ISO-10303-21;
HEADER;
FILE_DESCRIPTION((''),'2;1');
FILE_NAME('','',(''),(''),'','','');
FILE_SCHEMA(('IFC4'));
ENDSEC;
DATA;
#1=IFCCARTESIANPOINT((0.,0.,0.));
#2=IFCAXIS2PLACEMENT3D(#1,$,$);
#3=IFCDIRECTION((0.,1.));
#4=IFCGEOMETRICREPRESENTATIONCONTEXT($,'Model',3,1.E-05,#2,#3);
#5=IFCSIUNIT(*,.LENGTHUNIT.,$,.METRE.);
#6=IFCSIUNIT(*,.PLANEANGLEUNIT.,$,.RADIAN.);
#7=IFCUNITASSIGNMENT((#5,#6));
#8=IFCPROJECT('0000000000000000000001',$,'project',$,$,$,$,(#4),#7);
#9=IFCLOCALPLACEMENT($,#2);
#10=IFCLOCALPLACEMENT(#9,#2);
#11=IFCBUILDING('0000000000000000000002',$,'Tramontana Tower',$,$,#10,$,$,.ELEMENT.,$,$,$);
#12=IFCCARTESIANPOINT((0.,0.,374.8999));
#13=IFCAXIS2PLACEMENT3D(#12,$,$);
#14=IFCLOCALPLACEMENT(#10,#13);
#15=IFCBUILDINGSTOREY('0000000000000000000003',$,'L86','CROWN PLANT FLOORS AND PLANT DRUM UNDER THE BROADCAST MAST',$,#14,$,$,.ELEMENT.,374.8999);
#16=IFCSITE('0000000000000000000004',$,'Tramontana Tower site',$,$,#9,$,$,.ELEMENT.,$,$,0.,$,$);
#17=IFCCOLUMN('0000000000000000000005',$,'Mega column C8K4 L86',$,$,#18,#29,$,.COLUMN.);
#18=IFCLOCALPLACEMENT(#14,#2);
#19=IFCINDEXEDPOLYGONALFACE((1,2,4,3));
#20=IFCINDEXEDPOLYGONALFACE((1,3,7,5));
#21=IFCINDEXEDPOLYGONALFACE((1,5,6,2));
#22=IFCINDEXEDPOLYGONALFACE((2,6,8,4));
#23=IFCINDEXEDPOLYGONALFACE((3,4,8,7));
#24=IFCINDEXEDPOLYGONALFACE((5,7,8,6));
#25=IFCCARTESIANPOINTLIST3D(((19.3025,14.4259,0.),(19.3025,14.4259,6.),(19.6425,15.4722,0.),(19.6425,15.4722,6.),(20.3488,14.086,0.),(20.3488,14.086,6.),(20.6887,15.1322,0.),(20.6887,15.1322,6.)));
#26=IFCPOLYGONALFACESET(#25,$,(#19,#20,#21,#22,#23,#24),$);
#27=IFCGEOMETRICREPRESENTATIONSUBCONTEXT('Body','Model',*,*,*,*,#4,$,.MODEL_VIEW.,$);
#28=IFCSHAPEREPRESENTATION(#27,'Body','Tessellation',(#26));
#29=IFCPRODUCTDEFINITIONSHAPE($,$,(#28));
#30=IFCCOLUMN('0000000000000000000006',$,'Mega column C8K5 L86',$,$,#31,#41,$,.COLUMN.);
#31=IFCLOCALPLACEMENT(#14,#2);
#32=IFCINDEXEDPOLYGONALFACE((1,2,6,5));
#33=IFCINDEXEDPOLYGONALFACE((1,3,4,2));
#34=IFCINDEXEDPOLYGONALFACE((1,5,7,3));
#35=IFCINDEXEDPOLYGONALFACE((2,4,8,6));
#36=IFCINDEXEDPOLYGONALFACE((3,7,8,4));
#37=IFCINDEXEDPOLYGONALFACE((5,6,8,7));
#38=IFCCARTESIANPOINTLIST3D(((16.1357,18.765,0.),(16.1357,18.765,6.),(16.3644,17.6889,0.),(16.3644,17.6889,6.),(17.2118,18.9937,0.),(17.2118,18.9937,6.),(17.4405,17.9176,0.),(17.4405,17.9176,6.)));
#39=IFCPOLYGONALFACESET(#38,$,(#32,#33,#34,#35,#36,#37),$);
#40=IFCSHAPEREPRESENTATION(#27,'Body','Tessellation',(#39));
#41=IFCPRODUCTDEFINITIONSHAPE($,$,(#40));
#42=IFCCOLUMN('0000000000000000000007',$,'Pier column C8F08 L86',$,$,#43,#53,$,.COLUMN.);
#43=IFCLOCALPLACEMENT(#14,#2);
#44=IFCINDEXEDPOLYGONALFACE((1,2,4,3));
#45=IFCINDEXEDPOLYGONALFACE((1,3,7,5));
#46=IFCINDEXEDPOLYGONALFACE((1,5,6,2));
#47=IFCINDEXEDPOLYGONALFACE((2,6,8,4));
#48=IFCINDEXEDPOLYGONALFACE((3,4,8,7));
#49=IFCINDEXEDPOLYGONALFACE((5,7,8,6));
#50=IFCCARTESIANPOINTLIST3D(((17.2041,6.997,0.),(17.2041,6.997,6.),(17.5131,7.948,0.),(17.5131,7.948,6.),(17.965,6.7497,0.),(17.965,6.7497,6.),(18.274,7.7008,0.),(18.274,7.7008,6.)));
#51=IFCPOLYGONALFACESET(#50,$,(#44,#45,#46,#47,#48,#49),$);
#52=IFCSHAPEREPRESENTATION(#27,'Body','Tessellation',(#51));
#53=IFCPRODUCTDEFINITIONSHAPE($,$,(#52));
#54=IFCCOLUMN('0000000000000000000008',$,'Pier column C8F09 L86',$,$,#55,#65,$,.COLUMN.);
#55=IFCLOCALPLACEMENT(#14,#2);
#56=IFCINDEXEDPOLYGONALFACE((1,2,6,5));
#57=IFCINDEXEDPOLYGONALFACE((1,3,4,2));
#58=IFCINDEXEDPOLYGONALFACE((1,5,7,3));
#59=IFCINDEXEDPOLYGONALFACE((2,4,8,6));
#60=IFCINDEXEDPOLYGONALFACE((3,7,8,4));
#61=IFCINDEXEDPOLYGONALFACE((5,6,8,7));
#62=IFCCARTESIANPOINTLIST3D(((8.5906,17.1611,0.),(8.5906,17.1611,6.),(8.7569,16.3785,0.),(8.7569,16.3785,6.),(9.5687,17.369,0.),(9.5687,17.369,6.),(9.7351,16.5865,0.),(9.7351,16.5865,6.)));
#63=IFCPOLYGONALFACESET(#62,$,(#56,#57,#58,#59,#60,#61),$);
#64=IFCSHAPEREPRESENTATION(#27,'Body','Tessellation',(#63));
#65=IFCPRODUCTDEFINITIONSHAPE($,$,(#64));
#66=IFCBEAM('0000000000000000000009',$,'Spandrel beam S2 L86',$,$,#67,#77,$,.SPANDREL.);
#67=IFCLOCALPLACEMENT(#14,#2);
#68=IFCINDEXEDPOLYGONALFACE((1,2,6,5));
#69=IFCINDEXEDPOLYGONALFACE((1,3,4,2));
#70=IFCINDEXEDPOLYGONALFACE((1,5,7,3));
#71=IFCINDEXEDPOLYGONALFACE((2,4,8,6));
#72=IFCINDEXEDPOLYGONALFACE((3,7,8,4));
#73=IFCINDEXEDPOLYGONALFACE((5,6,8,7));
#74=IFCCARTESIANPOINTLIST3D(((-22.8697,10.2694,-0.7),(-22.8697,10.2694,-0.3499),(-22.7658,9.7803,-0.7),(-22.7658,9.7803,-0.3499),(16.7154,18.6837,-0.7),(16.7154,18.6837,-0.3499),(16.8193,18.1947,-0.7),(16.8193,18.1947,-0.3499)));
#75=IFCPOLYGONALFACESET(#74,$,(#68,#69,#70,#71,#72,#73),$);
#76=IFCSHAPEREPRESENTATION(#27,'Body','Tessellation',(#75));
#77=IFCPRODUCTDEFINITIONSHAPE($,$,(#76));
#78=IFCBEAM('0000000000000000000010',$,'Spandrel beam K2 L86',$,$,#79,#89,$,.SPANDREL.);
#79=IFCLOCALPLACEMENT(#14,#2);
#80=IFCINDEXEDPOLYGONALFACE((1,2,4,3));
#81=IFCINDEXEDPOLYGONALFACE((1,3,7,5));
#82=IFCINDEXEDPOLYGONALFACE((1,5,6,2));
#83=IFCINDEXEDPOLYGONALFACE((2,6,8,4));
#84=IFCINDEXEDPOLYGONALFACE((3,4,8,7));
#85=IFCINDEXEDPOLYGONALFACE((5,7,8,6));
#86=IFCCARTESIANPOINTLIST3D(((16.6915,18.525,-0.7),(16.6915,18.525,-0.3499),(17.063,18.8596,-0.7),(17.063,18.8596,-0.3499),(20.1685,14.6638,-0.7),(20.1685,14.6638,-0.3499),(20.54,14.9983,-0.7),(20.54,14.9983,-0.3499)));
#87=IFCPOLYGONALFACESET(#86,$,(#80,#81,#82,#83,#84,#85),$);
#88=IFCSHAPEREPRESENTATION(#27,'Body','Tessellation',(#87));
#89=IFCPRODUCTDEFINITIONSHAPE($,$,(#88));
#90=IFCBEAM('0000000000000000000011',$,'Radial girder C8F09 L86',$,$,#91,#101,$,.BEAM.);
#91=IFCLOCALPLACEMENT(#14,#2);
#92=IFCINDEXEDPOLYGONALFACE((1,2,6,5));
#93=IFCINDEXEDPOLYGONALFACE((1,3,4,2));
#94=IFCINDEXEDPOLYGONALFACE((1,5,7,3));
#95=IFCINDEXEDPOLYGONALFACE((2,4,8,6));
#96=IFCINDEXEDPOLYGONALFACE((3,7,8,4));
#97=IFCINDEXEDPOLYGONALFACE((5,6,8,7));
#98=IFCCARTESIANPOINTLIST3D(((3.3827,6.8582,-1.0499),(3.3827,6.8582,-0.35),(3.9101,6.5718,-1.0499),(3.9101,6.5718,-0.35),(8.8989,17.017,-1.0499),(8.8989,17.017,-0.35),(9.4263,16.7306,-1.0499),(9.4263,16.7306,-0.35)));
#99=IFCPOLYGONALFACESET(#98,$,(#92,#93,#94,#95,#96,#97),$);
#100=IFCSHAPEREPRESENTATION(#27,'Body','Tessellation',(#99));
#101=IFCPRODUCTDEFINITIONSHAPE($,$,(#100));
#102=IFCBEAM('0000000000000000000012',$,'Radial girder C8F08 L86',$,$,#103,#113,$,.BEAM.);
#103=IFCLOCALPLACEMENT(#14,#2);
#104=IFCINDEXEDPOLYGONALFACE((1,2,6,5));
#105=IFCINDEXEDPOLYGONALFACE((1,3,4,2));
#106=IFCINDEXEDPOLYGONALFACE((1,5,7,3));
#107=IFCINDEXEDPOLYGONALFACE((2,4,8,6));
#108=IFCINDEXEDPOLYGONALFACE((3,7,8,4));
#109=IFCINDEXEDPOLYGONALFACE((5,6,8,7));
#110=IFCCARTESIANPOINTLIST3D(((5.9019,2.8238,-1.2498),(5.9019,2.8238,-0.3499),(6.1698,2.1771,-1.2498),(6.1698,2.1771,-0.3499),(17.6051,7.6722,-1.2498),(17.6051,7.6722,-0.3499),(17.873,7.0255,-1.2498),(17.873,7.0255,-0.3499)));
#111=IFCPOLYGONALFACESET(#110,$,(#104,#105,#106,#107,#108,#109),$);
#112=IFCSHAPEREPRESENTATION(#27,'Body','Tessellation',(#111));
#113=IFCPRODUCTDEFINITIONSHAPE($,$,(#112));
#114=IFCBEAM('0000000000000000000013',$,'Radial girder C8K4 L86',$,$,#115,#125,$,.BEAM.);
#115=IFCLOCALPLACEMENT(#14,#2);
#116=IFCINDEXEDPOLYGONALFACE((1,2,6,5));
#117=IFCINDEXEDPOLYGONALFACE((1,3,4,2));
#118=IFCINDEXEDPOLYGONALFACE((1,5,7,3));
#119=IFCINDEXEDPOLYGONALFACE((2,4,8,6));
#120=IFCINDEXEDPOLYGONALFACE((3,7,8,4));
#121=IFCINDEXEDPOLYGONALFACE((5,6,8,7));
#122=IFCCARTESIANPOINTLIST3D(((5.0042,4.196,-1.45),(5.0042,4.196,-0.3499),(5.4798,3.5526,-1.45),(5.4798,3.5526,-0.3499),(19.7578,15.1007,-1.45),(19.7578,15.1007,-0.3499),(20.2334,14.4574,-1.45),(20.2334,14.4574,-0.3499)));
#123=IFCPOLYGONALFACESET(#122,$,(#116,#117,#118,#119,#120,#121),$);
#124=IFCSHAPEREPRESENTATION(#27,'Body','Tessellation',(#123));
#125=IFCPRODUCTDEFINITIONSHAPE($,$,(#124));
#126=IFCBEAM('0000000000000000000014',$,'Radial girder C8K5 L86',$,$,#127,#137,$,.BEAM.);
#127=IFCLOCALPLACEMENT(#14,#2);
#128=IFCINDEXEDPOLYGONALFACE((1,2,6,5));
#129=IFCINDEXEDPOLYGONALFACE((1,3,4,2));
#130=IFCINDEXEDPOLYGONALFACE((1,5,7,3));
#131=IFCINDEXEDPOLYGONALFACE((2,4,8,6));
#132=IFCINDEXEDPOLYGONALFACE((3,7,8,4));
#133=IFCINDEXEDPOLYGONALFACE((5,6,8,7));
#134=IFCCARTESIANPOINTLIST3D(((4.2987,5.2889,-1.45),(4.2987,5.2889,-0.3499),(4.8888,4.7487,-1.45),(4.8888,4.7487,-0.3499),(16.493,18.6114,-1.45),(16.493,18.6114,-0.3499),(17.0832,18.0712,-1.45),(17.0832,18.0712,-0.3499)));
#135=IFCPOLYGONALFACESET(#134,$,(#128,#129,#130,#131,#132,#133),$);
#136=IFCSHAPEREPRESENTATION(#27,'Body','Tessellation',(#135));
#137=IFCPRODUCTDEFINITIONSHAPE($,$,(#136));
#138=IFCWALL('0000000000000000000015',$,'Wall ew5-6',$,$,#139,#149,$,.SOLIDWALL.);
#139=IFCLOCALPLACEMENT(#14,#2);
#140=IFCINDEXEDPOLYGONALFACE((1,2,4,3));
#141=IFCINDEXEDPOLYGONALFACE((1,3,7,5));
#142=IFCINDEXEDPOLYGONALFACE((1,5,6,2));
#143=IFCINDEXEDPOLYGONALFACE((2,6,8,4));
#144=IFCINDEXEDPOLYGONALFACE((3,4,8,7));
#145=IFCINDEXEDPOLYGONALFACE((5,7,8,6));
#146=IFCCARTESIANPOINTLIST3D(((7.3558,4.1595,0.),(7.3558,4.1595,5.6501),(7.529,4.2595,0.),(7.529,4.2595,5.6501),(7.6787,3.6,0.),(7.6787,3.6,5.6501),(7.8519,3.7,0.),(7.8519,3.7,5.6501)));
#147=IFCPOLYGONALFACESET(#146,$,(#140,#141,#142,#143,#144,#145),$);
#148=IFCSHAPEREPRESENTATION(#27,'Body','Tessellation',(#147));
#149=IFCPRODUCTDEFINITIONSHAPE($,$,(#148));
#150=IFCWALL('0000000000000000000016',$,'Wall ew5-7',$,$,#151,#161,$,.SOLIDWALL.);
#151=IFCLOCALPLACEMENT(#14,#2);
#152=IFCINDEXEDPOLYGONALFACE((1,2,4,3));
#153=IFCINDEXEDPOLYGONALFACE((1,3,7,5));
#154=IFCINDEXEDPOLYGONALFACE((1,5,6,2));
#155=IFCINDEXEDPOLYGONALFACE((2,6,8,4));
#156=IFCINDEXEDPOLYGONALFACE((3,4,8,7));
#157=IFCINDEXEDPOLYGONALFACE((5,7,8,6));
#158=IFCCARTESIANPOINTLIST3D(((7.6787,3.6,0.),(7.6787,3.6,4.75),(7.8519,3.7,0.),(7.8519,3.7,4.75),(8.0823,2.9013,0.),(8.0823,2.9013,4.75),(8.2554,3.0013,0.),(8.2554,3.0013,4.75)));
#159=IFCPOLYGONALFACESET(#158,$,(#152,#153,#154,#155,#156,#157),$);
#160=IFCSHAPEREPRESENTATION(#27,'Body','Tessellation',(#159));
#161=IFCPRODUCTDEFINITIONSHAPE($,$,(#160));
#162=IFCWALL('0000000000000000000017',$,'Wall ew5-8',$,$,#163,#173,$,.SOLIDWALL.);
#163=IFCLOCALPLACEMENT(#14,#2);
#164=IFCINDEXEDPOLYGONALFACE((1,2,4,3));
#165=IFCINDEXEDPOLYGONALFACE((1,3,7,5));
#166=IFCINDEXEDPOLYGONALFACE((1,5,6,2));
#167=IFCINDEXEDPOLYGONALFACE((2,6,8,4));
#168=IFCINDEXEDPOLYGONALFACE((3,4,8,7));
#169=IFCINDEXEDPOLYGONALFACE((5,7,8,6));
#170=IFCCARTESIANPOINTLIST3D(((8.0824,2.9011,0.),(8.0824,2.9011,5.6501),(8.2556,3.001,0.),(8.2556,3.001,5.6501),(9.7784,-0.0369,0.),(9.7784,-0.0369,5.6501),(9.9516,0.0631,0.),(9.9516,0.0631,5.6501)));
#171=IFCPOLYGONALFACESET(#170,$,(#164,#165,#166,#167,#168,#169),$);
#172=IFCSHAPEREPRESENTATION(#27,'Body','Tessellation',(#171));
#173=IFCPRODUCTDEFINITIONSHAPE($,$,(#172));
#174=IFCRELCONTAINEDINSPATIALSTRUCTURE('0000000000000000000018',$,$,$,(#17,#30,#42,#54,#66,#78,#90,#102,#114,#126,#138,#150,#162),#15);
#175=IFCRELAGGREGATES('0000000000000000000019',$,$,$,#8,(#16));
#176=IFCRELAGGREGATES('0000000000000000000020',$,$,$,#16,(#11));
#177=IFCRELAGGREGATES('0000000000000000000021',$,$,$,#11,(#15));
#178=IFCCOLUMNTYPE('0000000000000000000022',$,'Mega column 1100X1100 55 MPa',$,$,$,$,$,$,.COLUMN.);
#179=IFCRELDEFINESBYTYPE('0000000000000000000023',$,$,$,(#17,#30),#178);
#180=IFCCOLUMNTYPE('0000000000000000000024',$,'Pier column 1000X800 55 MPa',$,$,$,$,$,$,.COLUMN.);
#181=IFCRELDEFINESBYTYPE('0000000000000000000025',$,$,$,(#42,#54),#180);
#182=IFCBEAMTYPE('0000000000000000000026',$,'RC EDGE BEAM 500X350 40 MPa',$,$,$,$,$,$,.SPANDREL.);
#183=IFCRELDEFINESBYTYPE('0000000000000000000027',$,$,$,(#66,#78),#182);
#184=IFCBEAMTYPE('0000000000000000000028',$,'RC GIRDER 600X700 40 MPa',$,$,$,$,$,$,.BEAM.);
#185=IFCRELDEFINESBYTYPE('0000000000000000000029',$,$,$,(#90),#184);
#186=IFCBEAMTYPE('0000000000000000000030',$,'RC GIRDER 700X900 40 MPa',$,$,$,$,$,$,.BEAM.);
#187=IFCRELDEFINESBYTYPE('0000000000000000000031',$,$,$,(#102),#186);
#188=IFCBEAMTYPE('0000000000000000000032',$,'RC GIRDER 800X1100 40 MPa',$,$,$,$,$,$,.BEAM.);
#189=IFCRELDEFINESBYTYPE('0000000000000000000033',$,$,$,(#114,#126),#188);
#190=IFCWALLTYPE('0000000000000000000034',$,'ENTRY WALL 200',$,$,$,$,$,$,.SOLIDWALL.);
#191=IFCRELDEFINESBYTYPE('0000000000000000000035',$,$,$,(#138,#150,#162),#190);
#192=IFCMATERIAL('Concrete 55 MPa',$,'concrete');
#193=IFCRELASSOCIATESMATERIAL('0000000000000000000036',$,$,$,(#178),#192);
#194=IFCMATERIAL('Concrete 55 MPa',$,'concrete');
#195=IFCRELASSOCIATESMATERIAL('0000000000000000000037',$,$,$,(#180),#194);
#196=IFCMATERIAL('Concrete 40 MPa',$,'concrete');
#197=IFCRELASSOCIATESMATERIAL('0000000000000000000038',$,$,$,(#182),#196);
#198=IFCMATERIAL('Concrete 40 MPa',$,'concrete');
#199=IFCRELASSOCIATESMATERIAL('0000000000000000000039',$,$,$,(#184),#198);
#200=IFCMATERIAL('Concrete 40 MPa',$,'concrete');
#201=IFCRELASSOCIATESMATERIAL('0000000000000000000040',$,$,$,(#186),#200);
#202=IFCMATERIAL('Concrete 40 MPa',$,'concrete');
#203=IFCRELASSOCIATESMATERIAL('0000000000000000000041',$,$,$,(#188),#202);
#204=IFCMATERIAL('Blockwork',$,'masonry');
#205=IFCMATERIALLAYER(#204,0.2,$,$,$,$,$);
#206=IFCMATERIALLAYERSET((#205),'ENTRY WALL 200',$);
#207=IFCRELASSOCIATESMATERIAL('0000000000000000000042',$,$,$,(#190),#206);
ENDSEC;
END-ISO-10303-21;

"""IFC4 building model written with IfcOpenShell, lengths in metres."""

from ifc_helpers import new_model, si_unit, direction, frame, frame_2d, origin, origin_2d, place, context, subcontext, project, spatial, rectangle, extrude, material, layer, layer_set, material_profile, profile_set, type_object, element, save


model = new_model("IFC4")

# Units and contexts
model_context = context("Model", 3, precision=1e-05, world=origin(), true_north=direction((0.0, 1.0)))
body_context = subcontext(model_context, "Body", "Model", "MODEL_VIEW")
ifc_project = project(units=[si_unit("LENGTHUNIT", "METRE"), si_unit("PLANEANGLEUNIT", "RADIAN")], contexts=[model_context])

# Site, building, storey
site_placement = place(None, origin())
site = spatial("IfcSite", under=ifc_project, at=site_placement, Name="Tramontana Tower site", CompositionType="ELEMENT", RefElevation=0.0)
building_placement = place(site_placement, origin())
building = spatial("IfcBuilding", under=site, at=building_placement, Name="Tramontana Tower", CompositionType="ELEMENT")
storey_placement = place(building_placement, frame((0.0, 0.0, 374.8999)))
storey = spatial("IfcBuildingStorey", under=building, at=storey_placement, Name="L86", Description="CROWN PLANT FLOORS AND PLANT DRUM UNDER THE BROADCAST MAST", CompositionType="ELEMENT", Elevation=374.8999)

# Columns
ifc_material_1 = material(Name="Concrete 55 MPa", Category="concrete")
ifc_material_profile_1 = material_profile(ifc_material_1, rectangle(XDim=1.1001, YDim=1.1001, at=origin_2d()), Name="Mega column 1100X1100 55 MPa")
ifc_profile_set_1 = profile_set([ifc_material_profile_1], Name="Concrete 55 MPa")
column_type_1 = type_object("IfcColumnType", Name="Mega column 1100X1100 55 MPa", PredefinedType="COLUMN", material=ifc_profile_set_1)
for number, where, z_axis, x_axis, name in (
    (1, (19.9956, 14.7791, 0.0), (0.0, 0.0, 1.0), (0.309017, 0.951057, 0.0), "Mega column C8K4 L86"),
    (2, (16.7881, 18.3413, 0.0), (0.0, 0.0, 1.0), (-0.978148, -0.207912, 0.0), "Mega column C8K5 L86"),
):
    element("IfcColumn", number, at=place(storey_placement, frame(where, z_axis=z_axis, x_axis=x_axis)), inside=storey, type_object=column_type_1, Name=name, PredefinedType="COLUMN", context=body_context, shape_type="SweptSolid", body=[
        extrude(rectangle(XDim=1.1001, YDim=1.1001, at=origin_2d()), origin(), (0.0, 0.0, 1.0), 6.0),
    ])
ifc_material_2 = material(Name="Concrete 55 MPa", Category="concrete")
ifc_material_profile_2 = material_profile(ifc_material_2, rectangle(XDim=1.0, YDim=0.8, at=origin_2d()), Name="Pier column 1000X800 55 MPa")
ifc_profile_set_2 = profile_set([ifc_material_profile_2], Name="Concrete 55 MPa")
column_type_2 = type_object("IfcColumnType", Name="Pier column 1000X800 55 MPa", PredefinedType="COLUMN", material=ifc_profile_set_2)
for number, where, z_axis, x_axis, name in (
    (3, (17.739, 7.3489, 0.0), (0.0, 0.0, 1.0), (0.309017, 0.951057, 0.0), "Pier column C8F08 L86"),
    (4, (9.1628, 16.8738, 0.0), (0.0, 0.0, 1.0), (-0.978148, -0.207912, 0.0), "Pier column C8F09 L86"),
):
    element("IfcColumn", number, at=place(storey_placement, frame(where, z_axis=z_axis, x_axis=x_axis)), inside=storey, type_object=column_type_2, Name=name, PredefinedType="COLUMN", context=body_context, shape_type="SweptSolid", body=[
        extrude(rectangle(XDim=1.0, YDim=0.8, at=origin_2d()), origin(), (0.0, 0.0, 1.0), 6.0),
    ])

# Beams
ifc_material_3 = material(Name="Concrete 40 MPa", Category="concrete")
ifc_material_profile_3 = material_profile(ifc_material_3, rectangle(XDim=0.5, YDim=0.3501, at=origin_2d()), Name="RC EDGE BEAM 500X350 40 MPa")
ifc_profile_set_3 = profile_set([ifc_material_profile_3], Name="Concrete 40 MPa")
beam_type_1 = type_object("IfcBeamType", Name="RC EDGE BEAM 500X350 40 MPa", PredefinedType="SPANDREL", material=ifc_profile_set_3)
beam_1_placement = place(storey_placement, frame((16.7673, 18.4392, -0.5249), z_axis=(-0.978146, -0.207918, 0.0), x_axis=(0.207918, -0.978146, 0.0)))
element("IfcBeam", 5, at=beam_1_placement, inside=storey, type_object=beam_type_1, Name="Spandrel beam S2 L86", PredefinedType="SPANDREL", context=body_context, shape_type="SweptSolid", body=[
    extrude(rectangle(XDim=0.5, YDim=0.3501, at=origin_2d()), origin(), (0.0, 0.0, 1.0), 40.4695),
])
beam_2_placement = place(storey_placement, frame((20.3542, 14.8311, -0.5249), z_axis=(-0.669162, 0.743117, 0.0), x_axis=(-0.743117, -0.669162, 0.0)))
element("IfcBeam", 6, at=beam_2_placement, inside=storey, type_object=beam_type_1, Name="Spandrel beam K2 L86", PredefinedType="SPANDREL", context=body_context, shape_type="SweptSolid", body=[
    extrude(rectangle(XDim=0.5, YDim=0.3501, at=origin_2d()), origin(), (0.0, 0.0, 1.0), 5.196),
])
ifc_material_4 = material(Name="Concrete 40 MPa", Category="concrete")
ifc_material_profile_4 = material_profile(ifc_material_4, rectangle(XDim=0.6001, YDim=0.7, at=origin_2d()), Name="RC GIRDER 600X700 40 MPa")
ifc_profile_set_4 = profile_set([ifc_material_profile_4], Name="Concrete 40 MPa")
beam_type_2 = type_object("IfcBeamType", Name="RC GIRDER 600X700 40 MPa", PredefinedType="BEAM", material=ifc_profile_set_4)
beam_3_placement = place(storey_placement, frame((9.1626, 16.8738, -0.7), z_axis=(-0.477185, -0.878803, 0.0), x_axis=(0.878803, -0.477185, 0.0)))
element("IfcBeam", 7, at=beam_3_placement, inside=storey, type_object=beam_type_2, Name="Radial girder C8F09 L86", PredefinedType="BEAM", context=body_context, shape_type="SweptSolid", body=[
    extrude(rectangle(XDim=0.6001, YDim=0.7, at=origin_2d()), origin(), (0.0, 0.0, 1.0), 11.5598),
])
ifc_material_5 = material(Name="Concrete 40 MPa", Category="concrete")
ifc_material_profile_5 = material_profile(ifc_material_5, rectangle(XDim=0.7, YDim=0.8999, at=origin_2d()), Name="RC GIRDER 700X900 40 MPa")
ifc_profile_set_5 = profile_set([ifc_material_profile_5], Name="Concrete 40 MPa")
beam_type_3 = type_object("IfcBeamType", Name="RC GIRDER 700X900 40 MPa", PredefinedType="BEAM", material=ifc_profile_set_5)
beam_4_placement = place(storey_placement, frame((17.739, 7.3489, -0.7998), z_axis=(-0.923857, -0.382737, 0.0), x_axis=(0.382737, -0.923857, 0.0)))
element("IfcBeam", 8, at=beam_4_placement, inside=storey, type_object=beam_type_3, Name="Radial girder C8F08 L86", PredefinedType="BEAM", context=body_context, shape_type="SweptSolid", body=[
    extrude(rectangle(XDim=0.7, YDim=0.8999, at=origin_2d()), origin(), (0.0, 0.0, 1.0), 12.6677),
])
ifc_material_6 = material(Name="Concrete 40 MPa", Category="concrete")
ifc_material_profile_6 = material_profile(ifc_material_6, rectangle(XDim=0.8, YDim=1.1001, at=origin_2d()), Name="RC GIRDER 800X1100 40 MPa")
ifc_profile_set_6 = profile_set([ifc_material_profile_6], Name="Concrete 40 MPa")
beam_type_4 = type_object("IfcBeamType", Name="RC GIRDER 800X1100 40 MPa", PredefinedType="BEAM", material=ifc_profile_set_6)
beam_5_placement = place(storey_placement, frame((19.9956, 14.7791, -0.8999), z_axis=(-0.804179, -0.594388, 0.0), x_axis=(0.594388, -0.804179, 0.0)))
element("IfcBeam", 9, at=beam_5_placement, inside=storey, type_object=beam_type_4, Name="Radial girder C8K4 L86", PredefinedType="BEAM", context=body_context, shape_type="SweptSolid", body=[
    extrude(rectangle(XDim=0.8, YDim=1.1001, at=origin_2d()), origin(), (0.0, 0.0, 1.0), 18.3462),
])
beam_6_placement = place(storey_placement, frame((16.7881, 18.3413, -0.8999), z_axis=(-0.675184, -0.737649, 0.0), x_axis=(0.737649, -0.675184, 0.0)))
element("IfcBeam", 10, at=beam_6_placement, inside=storey, type_object=beam_type_4, Name="Radial girder C8K5 L86", PredefinedType="BEAM", context=body_context, shape_type="SweptSolid", body=[
    extrude(rectangle(XDim=0.8, YDim=1.1001, at=origin_2d()), origin(), (0.0, 0.0, 1.0), 18.0608),
])

# Walls
ifc_material_7 = material(Name="Blockwork", Category="masonry")
ifc_layer_1 = layer(ifc_material_7, 0.2)
ifc_layer_set_1 = layer_set([ifc_layer_1], Name="ENTRY WALL 200")
wall_type_1 = type_object("IfcWallType", Name="ENTRY WALL 200", PredefinedType="SOLIDWALL", material=ifc_layer_set_1)
wall_1_placement = place(storey_placement, frame((7.4424, 4.2095, 0.0), z_axis=(0.0, 0.0, 1.0), x_axis=(0.499919, -0.866072, 0.0)))
element("IfcWall", 11, at=wall_1_placement, inside=storey, type_object=wall_type_1, Name="Wall ew5-6", PredefinedType="SOLIDWALL", context=body_context, shape_type="SweptSolid", body=[
    extrude(rectangle(XDim=0.646, YDim=0.2, at=frame_2d((0.323, 0.0))), origin(), (0.0, 0.0, 1.0), 5.6501),
])
wall_2_placement = place(storey_placement, frame((7.7654, 3.6499, 0.0), z_axis=(0.0, 0.0, 1.0), x_axis=(0.500141, -0.865944, 0.0)))
element("IfcWall", 12, at=wall_2_placement, inside=storey, type_object=wall_type_1, Name="Wall ew5-7", PredefinedType="SOLIDWALL", context=body_context, shape_type="SweptSolid", body=[
    extrude(rectangle(XDim=0.8069, YDim=0.2, at=frame_2d((0.4033, 0.0))), origin(), (0.0, 0.0, 1.0), 4.75),
])
wall_3_placement = place(storey_placement, frame((8.1689, 2.9512, 0.0), z_axis=(0.0, 0.0, 1.0), x_axis=(0.499955, -0.866051, 0.0)))
element("IfcWall", 13, at=wall_3_placement, inside=storey, type_object=wall_type_1, Name="Wall ew5-8", PredefinedType="SOLIDWALL", context=body_context, shape_type="SweptSolid", body=[
    extrude(rectangle(XDim=3.3923, YDim=0.2, at=frame_2d((1.6963, 0.0))), origin(), (0.0, 0.0, 1.0), 5.6501),
])

save(model, "model.ifc")
